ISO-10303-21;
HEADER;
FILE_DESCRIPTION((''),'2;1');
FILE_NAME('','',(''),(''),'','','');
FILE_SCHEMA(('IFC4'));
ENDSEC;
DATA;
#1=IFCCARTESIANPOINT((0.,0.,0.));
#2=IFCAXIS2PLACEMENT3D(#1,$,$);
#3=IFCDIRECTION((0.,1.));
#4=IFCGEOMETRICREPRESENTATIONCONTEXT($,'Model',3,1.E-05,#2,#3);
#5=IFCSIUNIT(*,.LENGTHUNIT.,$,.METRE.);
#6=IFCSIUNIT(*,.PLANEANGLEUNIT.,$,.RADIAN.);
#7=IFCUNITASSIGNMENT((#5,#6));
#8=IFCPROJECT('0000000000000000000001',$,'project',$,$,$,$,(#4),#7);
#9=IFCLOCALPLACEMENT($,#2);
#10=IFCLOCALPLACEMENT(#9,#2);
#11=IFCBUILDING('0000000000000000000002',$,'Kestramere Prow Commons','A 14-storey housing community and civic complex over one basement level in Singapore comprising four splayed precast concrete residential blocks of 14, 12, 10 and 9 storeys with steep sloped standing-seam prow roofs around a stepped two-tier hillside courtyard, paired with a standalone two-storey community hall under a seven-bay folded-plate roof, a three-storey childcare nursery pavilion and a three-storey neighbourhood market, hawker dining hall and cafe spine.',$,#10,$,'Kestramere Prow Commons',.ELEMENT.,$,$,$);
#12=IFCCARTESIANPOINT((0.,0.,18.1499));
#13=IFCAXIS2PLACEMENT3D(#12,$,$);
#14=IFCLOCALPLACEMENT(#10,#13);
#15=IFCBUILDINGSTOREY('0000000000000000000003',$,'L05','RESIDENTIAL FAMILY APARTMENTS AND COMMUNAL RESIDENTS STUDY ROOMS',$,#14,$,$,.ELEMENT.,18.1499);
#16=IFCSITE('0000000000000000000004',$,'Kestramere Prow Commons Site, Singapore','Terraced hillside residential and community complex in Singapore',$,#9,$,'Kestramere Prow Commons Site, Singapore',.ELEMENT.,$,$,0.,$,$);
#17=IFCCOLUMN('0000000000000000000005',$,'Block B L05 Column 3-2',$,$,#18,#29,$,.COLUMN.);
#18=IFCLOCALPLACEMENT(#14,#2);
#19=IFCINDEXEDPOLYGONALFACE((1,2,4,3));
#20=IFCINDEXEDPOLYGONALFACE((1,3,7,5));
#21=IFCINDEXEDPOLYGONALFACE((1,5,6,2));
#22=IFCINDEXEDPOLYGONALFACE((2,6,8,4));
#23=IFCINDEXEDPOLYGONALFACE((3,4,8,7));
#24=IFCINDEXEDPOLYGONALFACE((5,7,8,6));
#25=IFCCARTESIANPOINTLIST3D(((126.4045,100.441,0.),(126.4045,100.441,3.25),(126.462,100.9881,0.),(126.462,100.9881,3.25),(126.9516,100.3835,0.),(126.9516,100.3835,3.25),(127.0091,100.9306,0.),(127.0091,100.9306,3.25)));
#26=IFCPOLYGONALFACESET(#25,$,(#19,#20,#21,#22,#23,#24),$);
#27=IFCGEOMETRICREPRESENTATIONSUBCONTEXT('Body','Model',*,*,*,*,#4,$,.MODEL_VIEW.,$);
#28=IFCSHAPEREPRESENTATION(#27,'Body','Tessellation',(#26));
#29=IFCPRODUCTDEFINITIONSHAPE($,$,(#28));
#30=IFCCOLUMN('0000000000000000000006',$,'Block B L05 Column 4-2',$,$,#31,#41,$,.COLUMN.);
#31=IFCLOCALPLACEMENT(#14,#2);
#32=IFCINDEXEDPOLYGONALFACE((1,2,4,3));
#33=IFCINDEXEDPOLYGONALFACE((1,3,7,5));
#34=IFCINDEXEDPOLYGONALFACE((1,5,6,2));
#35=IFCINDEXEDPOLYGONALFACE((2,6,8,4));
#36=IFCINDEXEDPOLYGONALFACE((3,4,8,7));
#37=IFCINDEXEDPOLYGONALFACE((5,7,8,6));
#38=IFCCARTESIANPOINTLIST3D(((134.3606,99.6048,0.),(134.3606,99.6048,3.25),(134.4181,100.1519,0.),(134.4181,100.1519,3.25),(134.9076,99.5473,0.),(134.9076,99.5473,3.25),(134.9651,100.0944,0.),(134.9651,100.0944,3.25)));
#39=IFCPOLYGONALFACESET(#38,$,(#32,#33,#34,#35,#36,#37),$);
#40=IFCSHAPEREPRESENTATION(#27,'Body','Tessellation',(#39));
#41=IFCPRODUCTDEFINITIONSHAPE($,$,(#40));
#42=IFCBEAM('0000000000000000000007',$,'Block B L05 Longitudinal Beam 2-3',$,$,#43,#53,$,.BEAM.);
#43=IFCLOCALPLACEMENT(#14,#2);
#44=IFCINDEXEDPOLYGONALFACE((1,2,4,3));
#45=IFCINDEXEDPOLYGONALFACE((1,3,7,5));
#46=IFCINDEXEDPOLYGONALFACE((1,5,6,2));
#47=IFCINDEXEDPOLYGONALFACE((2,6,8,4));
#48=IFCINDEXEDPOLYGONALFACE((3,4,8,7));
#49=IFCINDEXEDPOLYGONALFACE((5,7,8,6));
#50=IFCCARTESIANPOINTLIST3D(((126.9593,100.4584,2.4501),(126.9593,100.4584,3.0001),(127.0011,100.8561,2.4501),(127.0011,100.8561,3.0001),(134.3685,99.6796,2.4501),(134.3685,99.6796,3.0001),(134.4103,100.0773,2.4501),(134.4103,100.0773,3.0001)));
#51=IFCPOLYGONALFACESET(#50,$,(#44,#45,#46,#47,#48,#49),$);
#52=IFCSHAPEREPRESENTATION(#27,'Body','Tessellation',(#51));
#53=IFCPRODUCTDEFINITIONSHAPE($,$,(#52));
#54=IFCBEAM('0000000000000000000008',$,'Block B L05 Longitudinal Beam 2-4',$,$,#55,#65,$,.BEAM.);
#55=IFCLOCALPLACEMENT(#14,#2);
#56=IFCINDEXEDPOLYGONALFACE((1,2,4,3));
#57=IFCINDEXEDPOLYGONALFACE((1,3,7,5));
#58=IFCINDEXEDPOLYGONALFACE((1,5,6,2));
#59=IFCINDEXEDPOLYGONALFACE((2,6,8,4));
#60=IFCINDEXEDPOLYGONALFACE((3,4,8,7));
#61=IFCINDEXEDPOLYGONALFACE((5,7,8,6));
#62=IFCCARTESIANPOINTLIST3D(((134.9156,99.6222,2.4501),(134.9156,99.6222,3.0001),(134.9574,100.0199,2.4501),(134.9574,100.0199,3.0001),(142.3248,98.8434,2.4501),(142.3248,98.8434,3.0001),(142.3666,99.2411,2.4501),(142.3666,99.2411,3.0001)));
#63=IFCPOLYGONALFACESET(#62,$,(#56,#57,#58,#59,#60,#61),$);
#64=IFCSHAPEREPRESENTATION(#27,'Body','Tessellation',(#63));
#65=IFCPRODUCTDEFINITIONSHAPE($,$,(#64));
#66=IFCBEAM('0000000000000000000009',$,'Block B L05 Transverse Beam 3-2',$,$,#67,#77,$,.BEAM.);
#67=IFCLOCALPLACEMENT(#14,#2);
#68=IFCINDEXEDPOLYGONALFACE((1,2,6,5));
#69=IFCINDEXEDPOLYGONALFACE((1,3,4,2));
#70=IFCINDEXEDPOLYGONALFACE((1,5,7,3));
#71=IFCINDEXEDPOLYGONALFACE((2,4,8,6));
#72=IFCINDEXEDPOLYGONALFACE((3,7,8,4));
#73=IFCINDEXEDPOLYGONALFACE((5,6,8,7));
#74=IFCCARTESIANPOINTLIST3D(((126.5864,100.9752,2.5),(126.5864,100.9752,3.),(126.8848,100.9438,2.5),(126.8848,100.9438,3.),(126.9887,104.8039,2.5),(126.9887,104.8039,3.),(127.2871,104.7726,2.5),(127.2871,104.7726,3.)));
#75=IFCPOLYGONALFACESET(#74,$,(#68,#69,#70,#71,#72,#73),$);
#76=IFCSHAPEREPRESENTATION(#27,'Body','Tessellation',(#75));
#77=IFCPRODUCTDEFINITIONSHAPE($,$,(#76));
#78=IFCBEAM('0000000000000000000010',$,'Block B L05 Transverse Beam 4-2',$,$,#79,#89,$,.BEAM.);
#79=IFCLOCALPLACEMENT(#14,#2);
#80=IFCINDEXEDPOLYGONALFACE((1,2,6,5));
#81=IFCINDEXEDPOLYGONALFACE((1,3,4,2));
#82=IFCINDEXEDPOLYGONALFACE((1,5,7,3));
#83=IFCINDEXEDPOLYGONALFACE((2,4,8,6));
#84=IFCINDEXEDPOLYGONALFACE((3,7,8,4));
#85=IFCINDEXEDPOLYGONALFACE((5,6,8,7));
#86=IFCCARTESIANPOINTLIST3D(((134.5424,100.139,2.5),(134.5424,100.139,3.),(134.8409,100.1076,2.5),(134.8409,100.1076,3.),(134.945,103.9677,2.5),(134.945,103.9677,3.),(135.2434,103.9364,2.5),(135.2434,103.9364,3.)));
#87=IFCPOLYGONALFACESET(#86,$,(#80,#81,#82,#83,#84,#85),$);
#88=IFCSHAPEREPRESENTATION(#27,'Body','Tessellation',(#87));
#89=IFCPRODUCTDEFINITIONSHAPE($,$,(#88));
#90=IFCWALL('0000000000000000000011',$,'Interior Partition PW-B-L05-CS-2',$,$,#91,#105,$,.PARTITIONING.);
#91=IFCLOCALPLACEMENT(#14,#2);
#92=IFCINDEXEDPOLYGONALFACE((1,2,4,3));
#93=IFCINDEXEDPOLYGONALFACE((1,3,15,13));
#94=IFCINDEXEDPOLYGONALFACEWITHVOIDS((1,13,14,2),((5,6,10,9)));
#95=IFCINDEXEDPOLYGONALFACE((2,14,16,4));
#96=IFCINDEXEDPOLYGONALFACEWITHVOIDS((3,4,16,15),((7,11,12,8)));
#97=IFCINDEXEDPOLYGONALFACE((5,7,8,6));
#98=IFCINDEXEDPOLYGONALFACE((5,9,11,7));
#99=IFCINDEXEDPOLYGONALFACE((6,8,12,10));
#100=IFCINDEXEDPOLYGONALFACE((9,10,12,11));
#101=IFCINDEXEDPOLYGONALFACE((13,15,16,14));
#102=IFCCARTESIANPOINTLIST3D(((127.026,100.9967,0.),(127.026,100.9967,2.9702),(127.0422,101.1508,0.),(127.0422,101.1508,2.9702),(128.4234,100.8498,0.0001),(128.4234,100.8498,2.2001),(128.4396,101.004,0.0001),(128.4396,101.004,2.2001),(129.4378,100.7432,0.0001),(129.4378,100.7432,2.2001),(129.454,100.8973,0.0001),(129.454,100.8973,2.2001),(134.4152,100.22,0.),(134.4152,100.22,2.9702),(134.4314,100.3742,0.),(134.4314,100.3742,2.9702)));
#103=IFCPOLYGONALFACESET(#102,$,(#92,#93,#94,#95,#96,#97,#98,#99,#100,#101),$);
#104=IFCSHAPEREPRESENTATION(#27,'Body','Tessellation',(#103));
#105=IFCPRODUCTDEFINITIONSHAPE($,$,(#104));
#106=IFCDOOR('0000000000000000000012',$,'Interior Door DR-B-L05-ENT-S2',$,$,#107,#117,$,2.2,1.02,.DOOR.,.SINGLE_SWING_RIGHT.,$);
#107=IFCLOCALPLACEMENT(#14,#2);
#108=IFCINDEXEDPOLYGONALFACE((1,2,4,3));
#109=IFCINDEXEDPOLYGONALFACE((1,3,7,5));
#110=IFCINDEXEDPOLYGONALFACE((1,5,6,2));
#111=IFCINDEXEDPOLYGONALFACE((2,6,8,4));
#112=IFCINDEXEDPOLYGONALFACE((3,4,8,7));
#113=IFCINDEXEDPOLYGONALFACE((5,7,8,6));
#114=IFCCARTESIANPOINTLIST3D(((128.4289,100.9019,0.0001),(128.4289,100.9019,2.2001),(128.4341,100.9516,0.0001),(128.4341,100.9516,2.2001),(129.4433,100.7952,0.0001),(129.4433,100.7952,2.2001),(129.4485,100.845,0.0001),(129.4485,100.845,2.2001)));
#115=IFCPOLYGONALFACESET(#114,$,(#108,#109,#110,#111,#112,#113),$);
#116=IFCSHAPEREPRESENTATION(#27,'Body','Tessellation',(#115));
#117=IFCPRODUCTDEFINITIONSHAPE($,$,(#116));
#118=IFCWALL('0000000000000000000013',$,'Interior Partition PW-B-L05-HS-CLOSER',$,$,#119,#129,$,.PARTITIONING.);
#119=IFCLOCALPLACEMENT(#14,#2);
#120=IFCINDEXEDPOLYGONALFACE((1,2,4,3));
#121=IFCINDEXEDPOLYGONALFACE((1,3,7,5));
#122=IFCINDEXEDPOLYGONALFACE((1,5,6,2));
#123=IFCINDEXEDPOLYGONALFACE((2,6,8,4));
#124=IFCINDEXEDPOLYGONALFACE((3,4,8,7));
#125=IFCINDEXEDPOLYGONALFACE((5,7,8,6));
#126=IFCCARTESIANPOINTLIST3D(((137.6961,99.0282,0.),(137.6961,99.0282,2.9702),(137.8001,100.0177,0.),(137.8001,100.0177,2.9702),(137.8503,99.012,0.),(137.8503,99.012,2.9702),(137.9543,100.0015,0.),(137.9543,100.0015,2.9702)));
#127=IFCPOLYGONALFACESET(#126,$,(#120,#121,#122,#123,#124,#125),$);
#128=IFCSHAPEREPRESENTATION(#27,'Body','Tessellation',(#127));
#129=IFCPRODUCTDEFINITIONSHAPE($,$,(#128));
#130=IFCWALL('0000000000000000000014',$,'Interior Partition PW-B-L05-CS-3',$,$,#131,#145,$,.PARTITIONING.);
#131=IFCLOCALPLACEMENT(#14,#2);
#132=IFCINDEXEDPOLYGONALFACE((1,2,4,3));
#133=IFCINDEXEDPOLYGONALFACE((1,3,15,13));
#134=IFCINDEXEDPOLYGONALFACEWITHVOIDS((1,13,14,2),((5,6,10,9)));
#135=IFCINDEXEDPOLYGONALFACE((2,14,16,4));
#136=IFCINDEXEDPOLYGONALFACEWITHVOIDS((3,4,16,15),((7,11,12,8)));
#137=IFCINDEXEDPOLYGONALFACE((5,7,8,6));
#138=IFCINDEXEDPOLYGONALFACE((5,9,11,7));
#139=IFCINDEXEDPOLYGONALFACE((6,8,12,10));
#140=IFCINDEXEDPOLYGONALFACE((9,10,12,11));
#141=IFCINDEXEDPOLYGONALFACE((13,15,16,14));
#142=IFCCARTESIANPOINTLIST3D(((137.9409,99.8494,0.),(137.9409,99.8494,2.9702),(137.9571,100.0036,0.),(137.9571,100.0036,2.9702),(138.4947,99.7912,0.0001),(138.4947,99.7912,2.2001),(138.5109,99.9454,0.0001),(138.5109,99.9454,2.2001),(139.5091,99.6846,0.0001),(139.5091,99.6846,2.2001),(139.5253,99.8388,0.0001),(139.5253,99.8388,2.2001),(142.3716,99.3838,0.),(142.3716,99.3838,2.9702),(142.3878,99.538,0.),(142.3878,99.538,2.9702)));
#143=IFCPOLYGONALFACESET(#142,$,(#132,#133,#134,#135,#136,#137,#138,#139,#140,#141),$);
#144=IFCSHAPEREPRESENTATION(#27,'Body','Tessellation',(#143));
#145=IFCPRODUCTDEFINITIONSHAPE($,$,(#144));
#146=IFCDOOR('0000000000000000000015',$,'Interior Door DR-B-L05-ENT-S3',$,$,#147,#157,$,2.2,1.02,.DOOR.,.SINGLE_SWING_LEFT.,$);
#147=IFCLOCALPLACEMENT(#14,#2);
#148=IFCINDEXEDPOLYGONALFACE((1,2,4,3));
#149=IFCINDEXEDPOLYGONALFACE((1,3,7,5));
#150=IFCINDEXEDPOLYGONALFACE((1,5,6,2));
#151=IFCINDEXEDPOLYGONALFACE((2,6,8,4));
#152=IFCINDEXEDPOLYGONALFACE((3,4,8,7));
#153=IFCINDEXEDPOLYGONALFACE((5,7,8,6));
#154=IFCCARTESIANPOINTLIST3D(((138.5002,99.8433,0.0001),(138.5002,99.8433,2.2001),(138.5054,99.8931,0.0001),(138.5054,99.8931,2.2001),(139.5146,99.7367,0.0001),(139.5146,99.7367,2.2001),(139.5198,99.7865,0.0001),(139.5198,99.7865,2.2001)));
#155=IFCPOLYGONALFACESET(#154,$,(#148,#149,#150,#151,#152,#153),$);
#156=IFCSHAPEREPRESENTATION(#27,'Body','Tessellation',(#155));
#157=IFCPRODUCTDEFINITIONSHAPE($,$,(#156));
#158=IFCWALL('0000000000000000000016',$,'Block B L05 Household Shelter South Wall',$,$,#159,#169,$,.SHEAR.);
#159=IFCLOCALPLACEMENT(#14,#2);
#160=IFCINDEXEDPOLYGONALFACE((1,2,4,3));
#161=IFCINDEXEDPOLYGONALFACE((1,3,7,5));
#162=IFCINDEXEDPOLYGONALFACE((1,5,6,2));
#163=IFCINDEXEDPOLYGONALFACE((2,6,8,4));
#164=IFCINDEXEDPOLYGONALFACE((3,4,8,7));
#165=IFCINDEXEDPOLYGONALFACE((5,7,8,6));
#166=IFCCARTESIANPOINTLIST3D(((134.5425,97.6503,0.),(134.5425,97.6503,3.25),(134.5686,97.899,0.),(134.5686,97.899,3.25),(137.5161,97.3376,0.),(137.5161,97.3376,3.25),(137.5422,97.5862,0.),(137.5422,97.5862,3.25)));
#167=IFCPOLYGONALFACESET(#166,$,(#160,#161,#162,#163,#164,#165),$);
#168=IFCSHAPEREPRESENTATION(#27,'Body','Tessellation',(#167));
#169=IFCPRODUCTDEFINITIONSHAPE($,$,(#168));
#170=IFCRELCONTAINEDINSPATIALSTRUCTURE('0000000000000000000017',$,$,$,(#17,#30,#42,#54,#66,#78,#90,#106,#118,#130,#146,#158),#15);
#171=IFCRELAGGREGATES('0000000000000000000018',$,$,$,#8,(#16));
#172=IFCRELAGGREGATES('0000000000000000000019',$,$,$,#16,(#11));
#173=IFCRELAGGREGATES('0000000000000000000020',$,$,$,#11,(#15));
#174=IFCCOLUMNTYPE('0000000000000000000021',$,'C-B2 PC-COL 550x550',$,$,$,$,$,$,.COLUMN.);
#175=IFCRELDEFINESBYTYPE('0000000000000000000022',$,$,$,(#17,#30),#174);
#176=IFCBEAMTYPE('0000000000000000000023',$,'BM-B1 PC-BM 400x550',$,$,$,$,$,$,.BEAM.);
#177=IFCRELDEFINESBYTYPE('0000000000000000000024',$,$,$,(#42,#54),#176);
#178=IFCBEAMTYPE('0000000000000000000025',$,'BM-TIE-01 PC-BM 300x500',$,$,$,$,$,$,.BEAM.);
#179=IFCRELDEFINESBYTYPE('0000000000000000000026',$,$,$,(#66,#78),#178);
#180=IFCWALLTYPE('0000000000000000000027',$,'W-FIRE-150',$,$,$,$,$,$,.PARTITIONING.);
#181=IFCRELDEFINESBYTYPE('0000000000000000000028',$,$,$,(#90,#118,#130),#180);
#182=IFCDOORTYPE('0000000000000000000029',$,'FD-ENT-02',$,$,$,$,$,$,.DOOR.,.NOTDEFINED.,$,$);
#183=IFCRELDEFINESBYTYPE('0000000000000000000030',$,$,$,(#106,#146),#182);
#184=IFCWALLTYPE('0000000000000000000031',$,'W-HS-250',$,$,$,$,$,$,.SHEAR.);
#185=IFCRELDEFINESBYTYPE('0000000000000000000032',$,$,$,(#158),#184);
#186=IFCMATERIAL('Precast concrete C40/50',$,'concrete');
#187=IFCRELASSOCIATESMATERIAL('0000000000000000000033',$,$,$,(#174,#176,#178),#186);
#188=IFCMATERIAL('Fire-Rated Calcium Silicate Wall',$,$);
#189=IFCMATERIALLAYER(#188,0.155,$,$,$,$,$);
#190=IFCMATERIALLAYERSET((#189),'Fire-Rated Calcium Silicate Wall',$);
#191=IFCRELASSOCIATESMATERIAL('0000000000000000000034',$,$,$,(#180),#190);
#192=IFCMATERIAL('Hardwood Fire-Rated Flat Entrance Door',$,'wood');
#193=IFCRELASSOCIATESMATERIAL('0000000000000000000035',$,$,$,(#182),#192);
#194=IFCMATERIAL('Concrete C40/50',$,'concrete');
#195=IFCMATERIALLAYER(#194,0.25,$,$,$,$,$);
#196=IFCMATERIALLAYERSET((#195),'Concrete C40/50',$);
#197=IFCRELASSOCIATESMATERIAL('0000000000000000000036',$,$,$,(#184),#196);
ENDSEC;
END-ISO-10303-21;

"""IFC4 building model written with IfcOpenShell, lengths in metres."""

from ifc_helpers import new_model, si_unit, direction, frame, frame_2d, origin, origin_2d, place, context, subcontext, project, spatial, rectangle, extrude, material, layer, layer_set, material_profile, profile_set, type_object, element, fill, save


model = new_model("IFC4")

# Units and contexts
model_context = context("Model", 3, precision=1e-05, world=origin(), true_north=direction((0.0, 1.0)))
body_context = subcontext(model_context, "Body", "Model", "MODEL_VIEW")
ifc_project = project(units=[si_unit("LENGTHUNIT", "METRE"), si_unit("PLANEANGLEUNIT", "RADIAN")], contexts=[model_context])

# Site, building, storey
site_placement = place(None, origin())
site = spatial("IfcSite", under=ifc_project, at=site_placement, Name="Kestramere Prow Commons Site, Singapore", Description="Terraced hillside residential and community complex in Singapore", LongName="Kestramere Prow Commons Site, Singapore", CompositionType="ELEMENT", RefElevation=0.0)
building_placement = place(site_placement, origin())
building = spatial("IfcBuilding", under=site, at=building_placement, Name="Kestramere Prow Commons", Description="A 14-storey housing community and civic complex over one basement level in Singapore comprising four splayed precast concrete residential blocks of 14, 12, 10 and 9 storeys with steep sloped standing-seam prow roofs around a stepped two-tier hillside courtyard, paired with a standalone two-storey community hall under a seven-bay folded-plate roof, a three-storey childcare nursery pavilion and a three-storey neighbourhood market, hawker dining hall and cafe spine.", LongName="Kestramere Prow Commons", CompositionType="ELEMENT")
storey_placement = place(building_placement, frame((0.0, 0.0, 18.1499)))
storey = spatial("IfcBuildingStorey", under=building, at=storey_placement, Name="L05", Description="RESIDENTIAL FAMILY APARTMENTS AND COMMUNAL RESIDENTS STUDY ROOMS", CompositionType="ELEMENT", Elevation=18.1499)

# Columns
ifc_material_1 = material(Name="Precast concrete C40/50", Category="concrete")
ifc_material_profile_1 = material_profile(ifc_material_1, rectangle(XDim=0.55, YDim=0.55, at=origin_2d()), Name="PC-COL 550x550")
ifc_profile_set_1 = profile_set([ifc_material_profile_1], Name="Precast concrete C40/50")
column_type = type_object("IfcColumnType", Name="C-B2 PC-COL 550x550", PredefinedType="COLUMN", material=ifc_profile_set_1)
for number, where, z_axis, x_axis, name in (
    (1, (126.7068, 100.6858, 0.0), (0.0, 0.0, 1.0), (0.994522, -0.104528, 0.0), "Block B L05 Column 3-2"),
    (2, (134.6628, 99.8496, 0.0), (0.0, 0.0, 1.0), (0.994522, -0.104528, 0.0), "Block B L05 Column 4-2"),
):
    element("IfcColumn", number, at=place(storey_placement, frame(where, z_axis=z_axis, x_axis=x_axis)), inside=storey, type_object=column_type, Name=name, PredefinedType="COLUMN", context=body_context, shape_type="SweptSolid", body=[
        extrude(rectangle(XDim=0.55, YDim=0.55, at=origin_2d()), origin(), (0.0, 0.0, 1.0), 3.25),
    ])

# Beams
ifc_material_profile_2 = material_profile(ifc_material_1, rectangle(XDim=0.3999, YDim=0.55, at=origin_2d()), Name="PC-BM 400x550")
ifc_profile_set_2 = profile_set([ifc_material_profile_2], Name="Precast concrete C40/50")
beam_type_1 = type_object("IfcBeamType", Name="BM-B1 PC-BM 400x550", PredefinedType="BEAM", material=ifc_profile_set_2)
for number, where, z_axis, x_axis, name in (
    (3, (126.9802, 100.6572, 2.7251), (0.994521, -0.104538, 0.0), (0.104538, 0.994521, 0.0), "Block B L05 Longitudinal Beam 2-3"),
    (4, (134.9365, 99.821, 2.7251), (0.994521, -0.104538, 0.0), (0.104538, 0.994521, 0.0), "Block B L05 Longitudinal Beam 2-4"),
):
    element("IfcBeam", number, at=place(storey_placement, frame(where, z_axis=z_axis, x_axis=x_axis)), inside=storey, type_object=beam_type_1, Name=name, PredefinedType="BEAM", context=body_context, shape_type="SweptSolid", body=[
        extrude(rectangle(XDim=0.3999, YDim=0.55, at=origin_2d()), origin(), (0.0, 0.0, 1.0), 7.45),
    ])
ifc_material_profile_3 = material_profile(ifc_material_1, rectangle(XDim=0.3, YDim=0.5, at=origin_2d()), Name="PC-BM 300x500")
ifc_profile_set_3 = profile_set([ifc_material_profile_3], Name="Precast concrete C40/50")
beam_type_2 = type_object("IfcBeamType", Name="BM-TIE-01 PC-BM 300x500", PredefinedType="BEAM", material=ifc_profile_set_3)
for number, where, z_axis, x_axis, name in (
    (5, (126.7356, 100.9595, 2.75), (0.104507, 0.994524, 0.0), (-0.994524, 0.104507, 0.0), "Block B L05 Transverse Beam 3-2"),
    (6, (134.6917, 100.1233, 2.75), (0.104569, 0.994518, 0.0), (-0.994518, 0.104569, 0.0), "Block B L05 Transverse Beam 4-2"),
):
    element("IfcBeam", number, at=place(storey_placement, frame(where, z_axis=z_axis, x_axis=x_axis)), inside=storey, type_object=beam_type_2, Name=name, PredefinedType="BEAM", context=body_context, shape_type="SweptSolid", body=[
        extrude(rectangle(XDim=0.3, YDim=0.5, at=origin_2d()), origin(), (0.0, 0.0, 1.0), 3.8499),
    ])

# Wall, opening, door
ifc_material_2 = material(Name="Fire-Rated Calcium Silicate Wall")
ifc_layer_1 = layer(ifc_material_2, 0.155)
ifc_layer_set_1 = layer_set([ifc_layer_1], Name="Fire-Rated Calcium Silicate Wall")
wall_type_1 = type_object("IfcWallType", Name="W-FIRE-150", PredefinedType="PARTITIONING", material=ifc_layer_set_1)
wall_1_placement = place(storey_placement, frame((127.0342, 101.0737, 0.0), z_axis=(0.0, 0.0, 1.0), x_axis=(0.994522, -0.104526, 0.0)))
wall_1 = element("IfcWall", 7, at=wall_1_placement, inside=storey, type_object=wall_type_1, Name="Interior Partition PW-B-L05-CS-2", PredefinedType="PARTITIONING", context=body_context, shape_type="SweptSolid", body=[
    extrude(rectangle(XDim=7.4299, YDim=0.155, at=frame_2d((3.7148, 0.0))), origin(), (0.0, 0.0, 1.0), 2.9702),
])
opening_1_placement = place(wall_1_placement, frame((1.405, 0.0, 0.0)))
opening_1 = element("IfcOpeningElement", 8, at=opening_1_placement, cuts=wall_1, PredefinedType="OPENING", context=body_context, shape_type="SweptSolid", body=[
    extrude(rectangle(XDim=1.02, YDim=2.2, at=frame_2d((0.51, 1.1001))), frame((0.0, 0.0925, 0.0), z_axis=(0.0, -1.0, 0.0), x_axis=(1.0, 0.0, 0.0)), (0.0, 0.0, 1.0), 0.1851),
])
ifc_material_3 = material(Name="Hardwood Fire-Rated Flat Entrance Door", Category="wood")
door_type_1 = type_object("IfcDoorType", Name="FD-ENT-02", OperationType="NOTDEFINED", PredefinedType="DOOR", material=ifc_material_3)
door_1_placement = place(opening_1_placement, origin())
door_1 = element("IfcDoor", 9, at=door_1_placement, inside=storey, type_object=door_type_1, Name="Interior Door DR-B-L05-ENT-S2", OperationType="SINGLE_SWING_RIGHT", OverallHeight=2.2, OverallWidth=1.02, PredefinedType="DOOR", context=body_context, shape_type="SweptSolid", body=[
    extrude(rectangle(XDim=1.02, YDim=2.2, at=frame_2d((0.51, 1.1001))), frame((0.0, 0.0249, 0.0), z_axis=(0.0, -1.0, 0.0), x_axis=(1.0, 0.0, 0.0)), (0.0, 0.0, 1.0), 0.05),
])
fill(opening_1, door_1)

# Wall
wall_2_placement = place(storey_placement, frame((137.7732, 99.02, 0.0), z_axis=(0.0, 0.0, 1.0), x_axis=(0.104532, 0.994522, 0.0)))
element("IfcWall", 10, at=wall_2_placement, inside=storey, type_object=wall_type_1, Name="Interior Partition PW-B-L05-HS-CLOSER", PredefinedType="PARTITIONING", context=body_context, shape_type="SweptSolid", body=[
    extrude(rectangle(XDim=0.9949, YDim=0.155, at=frame_2d((0.4976, 0.0))), origin(), (0.0, 0.0, 1.0), 2.9702),
])

# Wall, opening, door
wall_3_placement = place(storey_placement, frame((137.949, 99.9265, 0.0), z_axis=(0.0, 0.0, 1.0), x_axis=(0.994524, -0.104505, 0.0)))
wall_3 = element("IfcWall", 11, at=wall_3_placement, inside=storey, type_object=wall_type_1, Name="Interior Partition PW-B-L05-CS-3", PredefinedType="PARTITIONING", context=body_context, shape_type="SweptSolid", body=[
    extrude(rectangle(XDim=4.4551, YDim=0.155, at=frame_2d((2.2275, 0.0))), origin(), (0.0, 0.0, 1.0), 2.9702),
])
opening_2_placement = place(wall_3_placement, frame((0.5569, 0.0, 0.0)))
opening_2 = element("IfcOpeningElement", 12, at=opening_2_placement, cuts=wall_3, PredefinedType="OPENING", context=body_context, shape_type="SweptSolid", body=[
    extrude(rectangle(XDim=1.02, YDim=2.2, at=frame_2d((0.51, 1.1001))), frame((0.0, 0.0925, 0.0), z_axis=(0.0, -1.0, 0.0), x_axis=(1.0, 0.0, 0.0)), (0.0, 0.0, 1.0), 0.1851),
])
door_2_placement = place(opening_2_placement, origin())
door_2 = element("IfcDoor", 13, at=door_2_placement, inside=storey, type_object=door_type_1, Name="Interior Door DR-B-L05-ENT-S3", OperationType="SINGLE_SWING_LEFT", OverallHeight=2.2, OverallWidth=1.02, PredefinedType="DOOR", context=body_context, shape_type="SweptSolid", body=[
    extrude(rectangle(XDim=1.02, YDim=2.2, at=frame_2d((0.51, 1.1001))), frame((0.0, 0.0249, 0.0), z_axis=(0.0, -1.0, 0.0), x_axis=(1.0, 0.0, 0.0)), (0.0, 0.0, 1.0), 0.05),
])
fill(opening_2, door_2)

# Wall
ifc_material_4 = material(Name="Concrete C40/50", Category="concrete")
ifc_layer_2 = layer(ifc_material_4, 0.25)
ifc_layer_set_2 = layer_set([ifc_layer_2], Name="Concrete C40/50")
wall_type_2 = type_object("IfcWallType", Name="W-HS-250", PredefinedType="SHEAR", material=ifc_layer_set_2)
wall_4_placement = place(storey_placement, frame((134.5554, 97.7747, 0.0), z_axis=(0.0, 0.0, 1.0), x_axis=(0.994515, -0.104596, 0.0)))
element("IfcWall", 14, at=wall_4_placement, inside=storey, type_object=wall_type_2, Name="Block B L05 Household Shelter South Wall", PredefinedType="SHEAR", context=body_context, shape_type="SweptSolid", body=[
    extrude(rectangle(XDim=2.99, YDim=0.25, at=frame_2d((1.4951, 0.0))), origin(), (0.0, 0.0, 1.0), 3.25),
])

save(model, "model.ifc")
